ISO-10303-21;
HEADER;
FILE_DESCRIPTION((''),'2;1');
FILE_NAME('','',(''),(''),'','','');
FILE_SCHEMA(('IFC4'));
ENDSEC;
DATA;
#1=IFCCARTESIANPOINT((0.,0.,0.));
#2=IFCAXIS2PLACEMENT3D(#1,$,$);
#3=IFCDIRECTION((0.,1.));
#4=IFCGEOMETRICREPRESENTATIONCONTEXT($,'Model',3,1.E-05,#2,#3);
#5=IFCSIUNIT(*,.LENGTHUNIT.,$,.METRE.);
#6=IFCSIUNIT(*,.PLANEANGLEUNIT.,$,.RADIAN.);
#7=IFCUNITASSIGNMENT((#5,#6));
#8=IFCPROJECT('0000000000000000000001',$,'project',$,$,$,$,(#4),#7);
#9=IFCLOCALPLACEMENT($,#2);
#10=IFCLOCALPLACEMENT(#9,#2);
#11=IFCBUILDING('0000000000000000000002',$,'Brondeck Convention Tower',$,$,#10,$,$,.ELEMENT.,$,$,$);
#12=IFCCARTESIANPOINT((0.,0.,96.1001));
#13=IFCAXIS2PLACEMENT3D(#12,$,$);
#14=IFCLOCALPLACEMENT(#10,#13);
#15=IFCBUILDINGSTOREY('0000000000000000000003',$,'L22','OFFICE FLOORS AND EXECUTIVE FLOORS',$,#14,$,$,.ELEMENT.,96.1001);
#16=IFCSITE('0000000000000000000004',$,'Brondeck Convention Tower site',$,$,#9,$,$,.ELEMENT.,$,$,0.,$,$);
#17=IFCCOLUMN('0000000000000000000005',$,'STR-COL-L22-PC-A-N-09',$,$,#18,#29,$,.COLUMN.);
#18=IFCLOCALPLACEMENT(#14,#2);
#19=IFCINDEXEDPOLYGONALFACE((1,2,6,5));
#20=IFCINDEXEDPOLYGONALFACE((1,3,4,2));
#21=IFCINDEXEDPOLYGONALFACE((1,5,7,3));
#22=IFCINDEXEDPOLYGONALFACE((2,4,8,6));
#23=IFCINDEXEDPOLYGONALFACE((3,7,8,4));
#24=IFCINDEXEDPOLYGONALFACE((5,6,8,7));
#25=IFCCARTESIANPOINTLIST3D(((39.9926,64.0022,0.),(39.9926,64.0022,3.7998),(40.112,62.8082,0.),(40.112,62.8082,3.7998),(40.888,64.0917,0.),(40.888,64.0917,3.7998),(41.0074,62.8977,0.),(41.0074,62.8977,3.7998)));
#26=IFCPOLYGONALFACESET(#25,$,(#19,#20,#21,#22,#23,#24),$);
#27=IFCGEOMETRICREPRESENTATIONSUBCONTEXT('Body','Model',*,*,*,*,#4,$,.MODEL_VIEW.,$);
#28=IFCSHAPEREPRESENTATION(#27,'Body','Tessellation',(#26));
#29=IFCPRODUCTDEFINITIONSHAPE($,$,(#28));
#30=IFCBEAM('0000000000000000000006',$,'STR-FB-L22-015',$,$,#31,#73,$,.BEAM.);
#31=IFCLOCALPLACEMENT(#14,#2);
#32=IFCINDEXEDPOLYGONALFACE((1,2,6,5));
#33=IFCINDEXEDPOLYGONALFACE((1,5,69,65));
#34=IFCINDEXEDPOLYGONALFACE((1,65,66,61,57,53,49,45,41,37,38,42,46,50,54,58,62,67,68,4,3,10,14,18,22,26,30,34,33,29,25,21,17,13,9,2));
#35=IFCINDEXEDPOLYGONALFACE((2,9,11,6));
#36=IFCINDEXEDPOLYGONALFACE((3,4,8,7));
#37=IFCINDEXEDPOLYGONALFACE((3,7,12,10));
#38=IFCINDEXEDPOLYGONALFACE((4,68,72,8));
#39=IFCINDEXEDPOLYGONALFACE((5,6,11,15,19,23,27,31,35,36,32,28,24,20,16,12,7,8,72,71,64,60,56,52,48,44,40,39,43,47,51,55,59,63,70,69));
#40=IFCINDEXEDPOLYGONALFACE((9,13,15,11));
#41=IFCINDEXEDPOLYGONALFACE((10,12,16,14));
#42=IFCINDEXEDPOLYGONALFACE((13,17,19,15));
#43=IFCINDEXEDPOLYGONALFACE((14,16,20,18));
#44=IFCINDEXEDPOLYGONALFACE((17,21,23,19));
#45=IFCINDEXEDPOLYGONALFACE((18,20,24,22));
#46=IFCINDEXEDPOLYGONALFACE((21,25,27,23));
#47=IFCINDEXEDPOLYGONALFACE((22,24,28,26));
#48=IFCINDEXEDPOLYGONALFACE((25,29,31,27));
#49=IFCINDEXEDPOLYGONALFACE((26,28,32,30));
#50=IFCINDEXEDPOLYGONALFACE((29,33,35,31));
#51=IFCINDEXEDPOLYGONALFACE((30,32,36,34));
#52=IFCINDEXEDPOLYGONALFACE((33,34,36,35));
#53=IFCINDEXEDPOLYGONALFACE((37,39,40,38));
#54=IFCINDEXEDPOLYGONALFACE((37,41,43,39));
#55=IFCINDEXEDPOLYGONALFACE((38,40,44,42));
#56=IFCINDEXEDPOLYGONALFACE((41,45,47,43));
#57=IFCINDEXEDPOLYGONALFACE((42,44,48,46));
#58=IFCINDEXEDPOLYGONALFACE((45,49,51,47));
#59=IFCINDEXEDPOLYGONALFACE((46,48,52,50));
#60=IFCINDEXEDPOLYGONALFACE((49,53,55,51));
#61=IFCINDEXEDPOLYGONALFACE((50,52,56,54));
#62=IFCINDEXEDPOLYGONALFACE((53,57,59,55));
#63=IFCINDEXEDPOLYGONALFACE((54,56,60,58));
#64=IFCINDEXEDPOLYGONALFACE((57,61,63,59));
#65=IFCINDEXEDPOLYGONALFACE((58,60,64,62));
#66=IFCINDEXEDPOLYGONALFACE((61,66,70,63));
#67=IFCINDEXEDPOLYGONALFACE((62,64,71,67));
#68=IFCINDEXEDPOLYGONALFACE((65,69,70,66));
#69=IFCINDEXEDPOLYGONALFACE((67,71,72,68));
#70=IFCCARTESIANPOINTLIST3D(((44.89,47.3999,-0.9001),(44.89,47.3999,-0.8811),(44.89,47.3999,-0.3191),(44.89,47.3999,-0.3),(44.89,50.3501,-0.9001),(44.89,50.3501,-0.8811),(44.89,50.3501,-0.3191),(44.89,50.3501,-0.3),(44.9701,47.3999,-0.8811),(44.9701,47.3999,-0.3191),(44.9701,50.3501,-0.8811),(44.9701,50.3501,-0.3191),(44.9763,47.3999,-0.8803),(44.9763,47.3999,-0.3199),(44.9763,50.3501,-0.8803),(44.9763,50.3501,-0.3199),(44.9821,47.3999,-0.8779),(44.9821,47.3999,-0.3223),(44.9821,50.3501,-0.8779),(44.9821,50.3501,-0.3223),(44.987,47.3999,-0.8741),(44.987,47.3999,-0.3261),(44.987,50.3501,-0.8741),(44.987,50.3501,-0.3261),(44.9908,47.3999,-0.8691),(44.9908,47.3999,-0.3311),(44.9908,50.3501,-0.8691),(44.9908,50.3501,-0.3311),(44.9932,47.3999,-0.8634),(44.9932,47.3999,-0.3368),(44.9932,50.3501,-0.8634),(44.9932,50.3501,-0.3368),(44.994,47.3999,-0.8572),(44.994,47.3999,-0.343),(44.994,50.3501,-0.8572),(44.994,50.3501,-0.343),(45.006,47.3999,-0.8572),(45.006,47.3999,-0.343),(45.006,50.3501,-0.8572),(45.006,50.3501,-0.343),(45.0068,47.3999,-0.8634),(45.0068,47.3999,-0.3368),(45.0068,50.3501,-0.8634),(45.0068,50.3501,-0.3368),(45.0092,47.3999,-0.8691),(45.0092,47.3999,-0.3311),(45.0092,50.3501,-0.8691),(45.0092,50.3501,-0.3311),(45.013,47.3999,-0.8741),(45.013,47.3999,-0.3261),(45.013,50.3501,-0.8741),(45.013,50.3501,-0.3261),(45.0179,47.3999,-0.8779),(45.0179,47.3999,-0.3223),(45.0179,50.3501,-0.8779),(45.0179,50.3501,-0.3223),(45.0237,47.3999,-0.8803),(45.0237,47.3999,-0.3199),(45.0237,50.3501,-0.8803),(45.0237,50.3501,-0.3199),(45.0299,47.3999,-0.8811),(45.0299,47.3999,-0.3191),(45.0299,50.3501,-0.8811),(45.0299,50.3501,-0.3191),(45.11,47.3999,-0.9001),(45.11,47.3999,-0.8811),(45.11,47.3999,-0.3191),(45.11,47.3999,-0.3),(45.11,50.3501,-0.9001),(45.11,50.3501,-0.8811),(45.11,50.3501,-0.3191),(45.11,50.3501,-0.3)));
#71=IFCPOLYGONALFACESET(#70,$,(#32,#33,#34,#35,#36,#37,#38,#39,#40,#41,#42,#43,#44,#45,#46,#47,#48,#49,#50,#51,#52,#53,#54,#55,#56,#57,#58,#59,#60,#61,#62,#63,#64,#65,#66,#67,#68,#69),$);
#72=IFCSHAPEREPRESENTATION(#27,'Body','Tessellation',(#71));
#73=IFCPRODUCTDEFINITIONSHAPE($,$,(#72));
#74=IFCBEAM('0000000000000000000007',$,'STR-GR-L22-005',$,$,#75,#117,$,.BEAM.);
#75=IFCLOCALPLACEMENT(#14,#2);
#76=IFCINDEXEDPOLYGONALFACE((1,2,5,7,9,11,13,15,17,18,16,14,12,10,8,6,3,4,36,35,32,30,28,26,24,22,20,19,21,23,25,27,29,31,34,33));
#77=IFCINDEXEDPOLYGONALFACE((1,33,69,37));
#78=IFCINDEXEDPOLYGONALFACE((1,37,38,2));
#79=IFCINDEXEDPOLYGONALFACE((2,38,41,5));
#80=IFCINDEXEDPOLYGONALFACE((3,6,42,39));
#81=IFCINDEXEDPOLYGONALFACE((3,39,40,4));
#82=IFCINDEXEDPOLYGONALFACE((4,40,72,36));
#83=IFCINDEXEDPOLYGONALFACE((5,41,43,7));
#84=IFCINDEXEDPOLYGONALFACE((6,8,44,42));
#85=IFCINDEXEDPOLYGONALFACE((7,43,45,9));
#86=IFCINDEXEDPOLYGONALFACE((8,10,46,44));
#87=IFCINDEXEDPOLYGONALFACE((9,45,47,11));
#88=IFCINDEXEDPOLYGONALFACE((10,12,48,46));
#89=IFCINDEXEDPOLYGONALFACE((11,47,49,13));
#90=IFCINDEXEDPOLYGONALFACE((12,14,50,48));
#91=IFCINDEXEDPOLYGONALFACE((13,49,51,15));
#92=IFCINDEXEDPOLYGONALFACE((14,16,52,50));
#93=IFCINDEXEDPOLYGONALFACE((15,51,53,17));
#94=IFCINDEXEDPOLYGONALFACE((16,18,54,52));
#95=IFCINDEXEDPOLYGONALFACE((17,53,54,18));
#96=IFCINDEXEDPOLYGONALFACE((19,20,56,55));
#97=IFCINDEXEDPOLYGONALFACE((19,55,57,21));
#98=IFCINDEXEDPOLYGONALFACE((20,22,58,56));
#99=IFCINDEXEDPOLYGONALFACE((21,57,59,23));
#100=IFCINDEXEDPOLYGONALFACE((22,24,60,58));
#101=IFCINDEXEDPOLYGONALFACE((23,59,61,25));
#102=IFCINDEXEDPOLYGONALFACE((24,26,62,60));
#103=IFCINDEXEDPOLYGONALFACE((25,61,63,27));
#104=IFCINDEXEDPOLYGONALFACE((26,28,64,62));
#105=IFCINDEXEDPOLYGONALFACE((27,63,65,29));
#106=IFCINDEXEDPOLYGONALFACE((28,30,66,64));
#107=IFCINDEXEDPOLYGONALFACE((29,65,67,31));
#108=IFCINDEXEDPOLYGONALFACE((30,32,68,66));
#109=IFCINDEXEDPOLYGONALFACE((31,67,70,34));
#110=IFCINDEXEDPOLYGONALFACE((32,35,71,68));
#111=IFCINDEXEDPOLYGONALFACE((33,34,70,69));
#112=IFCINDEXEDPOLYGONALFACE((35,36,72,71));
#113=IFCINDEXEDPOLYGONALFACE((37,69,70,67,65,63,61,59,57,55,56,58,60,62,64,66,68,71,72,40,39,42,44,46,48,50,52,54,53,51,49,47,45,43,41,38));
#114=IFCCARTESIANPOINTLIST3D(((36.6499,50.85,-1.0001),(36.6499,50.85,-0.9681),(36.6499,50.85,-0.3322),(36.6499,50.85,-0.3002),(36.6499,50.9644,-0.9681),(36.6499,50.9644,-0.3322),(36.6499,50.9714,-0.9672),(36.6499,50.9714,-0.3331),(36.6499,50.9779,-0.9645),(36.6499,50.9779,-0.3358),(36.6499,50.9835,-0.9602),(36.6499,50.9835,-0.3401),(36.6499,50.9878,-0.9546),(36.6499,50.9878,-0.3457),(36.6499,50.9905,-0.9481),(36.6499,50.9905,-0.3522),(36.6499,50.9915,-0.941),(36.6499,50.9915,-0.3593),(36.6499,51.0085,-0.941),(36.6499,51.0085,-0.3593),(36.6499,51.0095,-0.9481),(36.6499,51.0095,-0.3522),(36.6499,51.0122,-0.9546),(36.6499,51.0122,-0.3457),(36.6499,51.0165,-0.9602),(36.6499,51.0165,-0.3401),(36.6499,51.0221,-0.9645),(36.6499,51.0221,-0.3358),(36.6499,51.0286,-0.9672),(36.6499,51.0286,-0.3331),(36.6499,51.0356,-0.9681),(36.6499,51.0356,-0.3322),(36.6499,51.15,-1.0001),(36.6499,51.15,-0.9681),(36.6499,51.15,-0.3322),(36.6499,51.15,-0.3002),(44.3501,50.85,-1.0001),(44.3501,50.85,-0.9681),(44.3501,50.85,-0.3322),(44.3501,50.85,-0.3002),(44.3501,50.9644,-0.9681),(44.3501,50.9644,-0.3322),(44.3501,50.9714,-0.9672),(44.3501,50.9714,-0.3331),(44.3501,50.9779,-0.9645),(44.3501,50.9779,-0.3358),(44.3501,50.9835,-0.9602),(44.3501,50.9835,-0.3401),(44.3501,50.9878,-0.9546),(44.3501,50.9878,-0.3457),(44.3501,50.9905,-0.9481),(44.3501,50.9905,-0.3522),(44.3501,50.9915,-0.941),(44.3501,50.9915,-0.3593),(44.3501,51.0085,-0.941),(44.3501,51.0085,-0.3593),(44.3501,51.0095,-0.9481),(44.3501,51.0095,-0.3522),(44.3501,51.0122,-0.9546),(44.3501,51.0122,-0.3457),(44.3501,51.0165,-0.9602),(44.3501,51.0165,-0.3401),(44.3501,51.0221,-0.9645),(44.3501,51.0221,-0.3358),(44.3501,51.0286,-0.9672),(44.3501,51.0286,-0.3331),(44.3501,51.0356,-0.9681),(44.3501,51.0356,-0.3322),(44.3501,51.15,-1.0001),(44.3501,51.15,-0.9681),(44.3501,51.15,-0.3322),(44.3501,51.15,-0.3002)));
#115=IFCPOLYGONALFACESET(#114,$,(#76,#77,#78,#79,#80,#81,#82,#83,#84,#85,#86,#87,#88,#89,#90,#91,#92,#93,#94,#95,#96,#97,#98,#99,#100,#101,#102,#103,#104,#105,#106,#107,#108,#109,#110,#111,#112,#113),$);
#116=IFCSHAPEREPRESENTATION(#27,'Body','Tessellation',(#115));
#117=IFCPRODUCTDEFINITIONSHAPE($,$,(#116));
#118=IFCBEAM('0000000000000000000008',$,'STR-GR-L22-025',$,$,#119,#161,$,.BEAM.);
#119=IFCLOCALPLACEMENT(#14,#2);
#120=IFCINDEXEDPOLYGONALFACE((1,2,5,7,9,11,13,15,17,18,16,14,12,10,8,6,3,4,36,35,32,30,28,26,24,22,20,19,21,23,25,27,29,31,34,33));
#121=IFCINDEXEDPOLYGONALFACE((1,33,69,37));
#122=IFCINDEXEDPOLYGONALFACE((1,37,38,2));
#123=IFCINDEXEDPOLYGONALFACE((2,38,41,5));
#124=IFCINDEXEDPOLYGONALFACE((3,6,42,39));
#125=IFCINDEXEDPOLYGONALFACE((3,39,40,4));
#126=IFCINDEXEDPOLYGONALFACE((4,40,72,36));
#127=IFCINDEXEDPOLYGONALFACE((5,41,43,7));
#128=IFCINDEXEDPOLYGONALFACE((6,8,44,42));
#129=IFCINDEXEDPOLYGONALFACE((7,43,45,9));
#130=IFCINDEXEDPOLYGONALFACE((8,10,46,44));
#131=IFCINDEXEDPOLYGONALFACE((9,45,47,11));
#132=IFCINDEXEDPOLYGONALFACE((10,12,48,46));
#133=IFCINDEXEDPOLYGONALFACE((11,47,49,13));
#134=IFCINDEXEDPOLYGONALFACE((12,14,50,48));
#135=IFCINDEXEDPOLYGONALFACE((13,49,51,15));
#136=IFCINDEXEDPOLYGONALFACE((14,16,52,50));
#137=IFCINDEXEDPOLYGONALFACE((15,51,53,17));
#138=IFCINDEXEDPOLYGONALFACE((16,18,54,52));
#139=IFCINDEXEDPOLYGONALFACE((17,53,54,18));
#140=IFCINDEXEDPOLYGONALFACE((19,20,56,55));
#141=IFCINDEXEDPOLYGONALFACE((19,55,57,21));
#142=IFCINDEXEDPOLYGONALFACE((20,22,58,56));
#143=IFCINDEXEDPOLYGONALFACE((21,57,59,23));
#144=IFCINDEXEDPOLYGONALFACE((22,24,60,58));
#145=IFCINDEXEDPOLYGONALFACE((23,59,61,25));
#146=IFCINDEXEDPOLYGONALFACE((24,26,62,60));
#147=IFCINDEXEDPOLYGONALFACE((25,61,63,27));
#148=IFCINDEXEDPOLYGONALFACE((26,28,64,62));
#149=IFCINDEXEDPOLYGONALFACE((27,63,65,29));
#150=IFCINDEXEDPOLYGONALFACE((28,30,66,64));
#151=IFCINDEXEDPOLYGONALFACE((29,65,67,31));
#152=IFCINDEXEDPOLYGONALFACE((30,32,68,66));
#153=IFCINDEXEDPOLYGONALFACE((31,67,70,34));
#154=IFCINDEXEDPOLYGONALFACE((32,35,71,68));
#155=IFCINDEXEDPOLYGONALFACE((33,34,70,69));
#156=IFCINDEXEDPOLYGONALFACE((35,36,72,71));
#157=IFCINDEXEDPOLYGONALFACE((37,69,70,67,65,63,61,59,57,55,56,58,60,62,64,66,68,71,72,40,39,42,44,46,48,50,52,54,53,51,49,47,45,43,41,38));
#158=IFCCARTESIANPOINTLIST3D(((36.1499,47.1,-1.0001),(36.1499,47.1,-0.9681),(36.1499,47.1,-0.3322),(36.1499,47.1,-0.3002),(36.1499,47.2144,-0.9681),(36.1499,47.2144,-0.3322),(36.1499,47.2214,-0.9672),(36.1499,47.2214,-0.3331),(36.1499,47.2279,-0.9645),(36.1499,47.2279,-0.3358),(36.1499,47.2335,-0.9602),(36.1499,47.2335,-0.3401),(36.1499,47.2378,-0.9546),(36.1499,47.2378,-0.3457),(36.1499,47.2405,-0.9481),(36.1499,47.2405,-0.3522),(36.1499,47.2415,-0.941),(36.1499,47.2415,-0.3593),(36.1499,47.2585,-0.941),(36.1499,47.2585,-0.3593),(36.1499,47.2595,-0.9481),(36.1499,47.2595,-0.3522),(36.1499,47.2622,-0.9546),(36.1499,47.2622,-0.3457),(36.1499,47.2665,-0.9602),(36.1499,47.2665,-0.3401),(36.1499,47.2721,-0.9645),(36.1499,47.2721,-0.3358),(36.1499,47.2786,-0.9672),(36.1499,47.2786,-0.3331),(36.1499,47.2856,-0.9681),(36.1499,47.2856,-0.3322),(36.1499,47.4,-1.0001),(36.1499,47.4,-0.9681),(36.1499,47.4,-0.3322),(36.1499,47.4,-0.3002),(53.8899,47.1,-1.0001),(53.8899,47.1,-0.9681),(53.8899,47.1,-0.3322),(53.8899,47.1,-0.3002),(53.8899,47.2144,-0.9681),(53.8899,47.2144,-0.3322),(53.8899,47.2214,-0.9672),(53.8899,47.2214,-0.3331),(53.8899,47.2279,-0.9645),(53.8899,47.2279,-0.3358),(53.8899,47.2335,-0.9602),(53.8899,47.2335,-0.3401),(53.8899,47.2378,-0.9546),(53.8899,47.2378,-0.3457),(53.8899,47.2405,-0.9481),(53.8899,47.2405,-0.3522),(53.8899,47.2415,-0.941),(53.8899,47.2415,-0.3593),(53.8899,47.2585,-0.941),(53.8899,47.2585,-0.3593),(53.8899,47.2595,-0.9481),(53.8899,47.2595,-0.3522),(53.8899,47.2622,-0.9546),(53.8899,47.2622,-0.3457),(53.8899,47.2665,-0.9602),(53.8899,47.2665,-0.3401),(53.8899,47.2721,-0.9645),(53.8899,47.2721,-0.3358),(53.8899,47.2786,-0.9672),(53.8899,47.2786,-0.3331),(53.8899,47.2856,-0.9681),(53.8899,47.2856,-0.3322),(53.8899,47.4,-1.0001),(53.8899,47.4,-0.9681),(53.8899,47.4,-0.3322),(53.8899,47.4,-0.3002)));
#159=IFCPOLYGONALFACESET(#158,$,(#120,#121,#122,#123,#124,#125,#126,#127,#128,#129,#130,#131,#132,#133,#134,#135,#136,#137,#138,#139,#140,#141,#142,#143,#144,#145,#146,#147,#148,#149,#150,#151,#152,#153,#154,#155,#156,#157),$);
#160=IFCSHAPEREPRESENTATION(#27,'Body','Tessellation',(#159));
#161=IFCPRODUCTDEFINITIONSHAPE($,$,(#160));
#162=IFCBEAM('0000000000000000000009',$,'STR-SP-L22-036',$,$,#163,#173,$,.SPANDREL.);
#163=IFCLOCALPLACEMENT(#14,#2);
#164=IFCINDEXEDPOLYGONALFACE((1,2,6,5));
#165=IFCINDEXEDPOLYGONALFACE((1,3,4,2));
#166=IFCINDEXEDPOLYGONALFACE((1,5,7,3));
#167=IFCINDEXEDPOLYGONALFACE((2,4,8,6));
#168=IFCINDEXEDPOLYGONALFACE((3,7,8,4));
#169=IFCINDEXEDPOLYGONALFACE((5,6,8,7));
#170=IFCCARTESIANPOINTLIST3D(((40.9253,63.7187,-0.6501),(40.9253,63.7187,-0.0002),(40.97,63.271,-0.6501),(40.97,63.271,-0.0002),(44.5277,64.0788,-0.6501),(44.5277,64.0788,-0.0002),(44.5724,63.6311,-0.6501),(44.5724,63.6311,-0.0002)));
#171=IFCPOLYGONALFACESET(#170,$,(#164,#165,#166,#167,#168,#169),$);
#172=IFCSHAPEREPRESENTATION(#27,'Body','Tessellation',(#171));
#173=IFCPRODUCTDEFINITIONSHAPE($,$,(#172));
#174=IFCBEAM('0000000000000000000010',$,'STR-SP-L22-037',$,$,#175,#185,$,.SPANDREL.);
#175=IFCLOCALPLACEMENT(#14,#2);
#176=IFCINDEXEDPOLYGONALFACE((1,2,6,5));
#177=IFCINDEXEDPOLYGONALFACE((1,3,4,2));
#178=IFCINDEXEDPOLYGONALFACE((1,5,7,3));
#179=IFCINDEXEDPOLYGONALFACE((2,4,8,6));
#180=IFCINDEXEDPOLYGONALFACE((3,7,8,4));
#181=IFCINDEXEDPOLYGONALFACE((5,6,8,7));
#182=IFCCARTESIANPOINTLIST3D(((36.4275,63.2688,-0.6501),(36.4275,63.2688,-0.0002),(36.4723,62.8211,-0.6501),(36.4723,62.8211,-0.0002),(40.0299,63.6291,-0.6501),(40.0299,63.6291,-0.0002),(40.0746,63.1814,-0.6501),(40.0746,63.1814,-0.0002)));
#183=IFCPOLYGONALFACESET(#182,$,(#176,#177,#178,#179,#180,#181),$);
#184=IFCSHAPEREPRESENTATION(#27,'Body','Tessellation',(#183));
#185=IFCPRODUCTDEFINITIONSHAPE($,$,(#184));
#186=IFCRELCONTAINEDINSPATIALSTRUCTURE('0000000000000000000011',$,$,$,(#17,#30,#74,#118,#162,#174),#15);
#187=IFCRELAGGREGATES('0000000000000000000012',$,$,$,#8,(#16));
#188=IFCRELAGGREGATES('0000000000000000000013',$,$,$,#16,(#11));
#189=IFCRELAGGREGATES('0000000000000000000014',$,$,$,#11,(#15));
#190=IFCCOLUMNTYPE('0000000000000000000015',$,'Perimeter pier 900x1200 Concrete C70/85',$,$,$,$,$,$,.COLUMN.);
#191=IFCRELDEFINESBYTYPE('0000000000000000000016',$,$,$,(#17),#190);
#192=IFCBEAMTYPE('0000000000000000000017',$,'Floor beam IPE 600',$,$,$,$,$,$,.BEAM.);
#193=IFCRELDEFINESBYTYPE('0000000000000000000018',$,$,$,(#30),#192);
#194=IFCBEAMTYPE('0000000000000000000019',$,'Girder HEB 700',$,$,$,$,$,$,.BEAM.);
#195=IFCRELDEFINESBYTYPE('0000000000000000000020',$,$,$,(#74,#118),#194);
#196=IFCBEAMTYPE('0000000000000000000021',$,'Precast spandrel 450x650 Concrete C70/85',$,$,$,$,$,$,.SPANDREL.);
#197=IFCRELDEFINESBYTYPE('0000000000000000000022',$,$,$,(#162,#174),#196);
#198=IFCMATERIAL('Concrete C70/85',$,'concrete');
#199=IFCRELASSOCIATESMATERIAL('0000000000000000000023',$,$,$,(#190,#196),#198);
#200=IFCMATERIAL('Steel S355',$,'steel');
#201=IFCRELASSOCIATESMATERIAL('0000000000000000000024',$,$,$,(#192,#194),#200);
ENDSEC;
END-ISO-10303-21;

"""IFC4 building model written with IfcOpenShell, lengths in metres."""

from ifc_helpers import new_model, si_unit, direction, frame, origin, origin_2d, place, context, subcontext, project, spatial, rectangle, i_section, extrude, material, material_profile, profile_set, type_object, element, save


model = new_model("IFC4")

# Units and contexts
model_context = context("Model", 3, precision=1e-05, world=origin(), true_north=direction((0.0, 1.0)))
body_context = subcontext(model_context, "Body", "Model", "MODEL_VIEW")
ifc_project = project(units=[si_unit("LENGTHUNIT", "METRE"), si_unit("PLANEANGLEUNIT", "RADIAN")], contexts=[model_context])

# Site, building, storey
site_placement = place(None, origin())
site = spatial("IfcSite", under=ifc_project, at=site_placement, Name="Brondeck Convention Tower site", CompositionType="ELEMENT", RefElevation=0.0)
building_placement = place(site_placement, origin())
building = spatial("IfcBuilding", under=site, at=building_placement, Name="Brondeck Convention Tower", CompositionType="ELEMENT")
storey_placement = place(building_placement, frame((0.0, 0.0, 96.1001)))
storey = spatial("IfcBuildingStorey", under=building, at=storey_placement, Name="L22", Description="OFFICE FLOORS AND EXECUTIVE FLOORS", CompositionType="ELEMENT", Elevation=96.1001)

# Column
ifc_material_1 = material(Name="Concrete C70/85", Category="concrete")
ifc_material_profile_1 = material_profile(ifc_material_1, rectangle(XDim=0.8999, YDim=1.2, at=origin_2d()), Name="Perimeter pier 900x1200 Concrete C70/85")
ifc_profile_set_1 = profile_set([ifc_material_profile_1], Name="Concrete C70/85")
column_type = type_object("IfcColumnType", Name="Perimeter pier 900x1200 Concrete C70/85", PredefinedType="COLUMN", material=ifc_profile_set_1)
column_placement = place(storey_placement, frame((40.5, 63.45, 0.0), z_axis=(0.0, 0.0, 1.0), x_axis=(-0.995037, -0.099504, 0.0)))
element("IfcColumn", 1, at=column_placement, inside=storey, type_object=column_type, Name="STR-COL-L22-PC-A-N-09", PredefinedType="COLUMN", context=body_context, shape_type="SweptSolid", body=[
    extrude(rectangle(XDim=0.8999, YDim=1.2, at=origin_2d()), origin(), (0.0, 0.0, 1.0), 3.7998),
])

# Beams
ifc_material_2 = material(Name="Steel S355", Category="steel")
ifc_material_profile_2 = material_profile(ifc_material_2, i_section(OverallWidth=0.22, OverallDepth=0.6001, WebThickness=0.012, FlangeThickness=0.019, FilletRadius=0.0239, at=origin_2d()), Name="IPE 600")
ifc_profile_set_2 = profile_set([ifc_material_profile_2], Name="Steel S355")
beam_type_1 = type_object("IfcBeamType", Name="Floor beam IPE 600", PredefinedType="BEAM", material=ifc_profile_set_2)
beam_1_placement = place(storey_placement, frame((45.0, 47.3999, -0.6001), z_axis=(0.0, 1.0, 0.0), x_axis=(-1.0, 0.0, 0.0)))
element("IfcBeam", 2, at=beam_1_placement, inside=storey, type_object=beam_type_1, Name="STR-FB-L22-015", PredefinedType="BEAM", context=body_context, shape_type="SweptSolid", body=[
    extrude(i_section(OverallWidth=0.22, OverallDepth=0.6001, WebThickness=0.012, FlangeThickness=0.019, FilletRadius=0.0239, at=origin_2d()), origin(), (0.0, 0.0, 1.0), 2.9502),
])
ifc_material_profile_3 = material_profile(ifc_material_2, i_section(OverallWidth=0.3, OverallDepth=0.7, WebThickness=0.0171, FlangeThickness=0.032, FilletRadius=0.0271, at=origin_2d()), Name="HEB 700")
ifc_profile_set_3 = profile_set([ifc_material_profile_3], Name="Steel S355")
beam_type_2 = type_object("IfcBeamType", Name="Girder HEB 700", PredefinedType="BEAM", material=ifc_profile_set_3)
beam_2_placement = place(storey_placement, frame((36.6499, 51.0, -0.6501), z_axis=(1.0, 0.0, 0.0), x_axis=(0.0, 1.0, 0.0)))
element("IfcBeam", 3, at=beam_2_placement, inside=storey, type_object=beam_type_2, Name="STR-GR-L22-005", PredefinedType="BEAM", context=body_context, shape_type="SweptSolid", body=[
    extrude(i_section(OverallWidth=0.3, OverallDepth=0.7, WebThickness=0.0171, FlangeThickness=0.032, FilletRadius=0.0271, at=origin_2d()), origin(), (0.0, 0.0, 1.0), 7.7002),
])
beam_3_placement = place(storey_placement, frame((36.1499, 47.25, -0.6501), z_axis=(1.0, 0.0, 0.0), x_axis=(0.0, 1.0, 0.0)))
element("IfcBeam", 4, at=beam_3_placement, inside=storey, type_object=beam_type_2, Name="STR-GR-L22-025", PredefinedType="BEAM", context=body_context, shape_type="SweptSolid", body=[
    extrude(i_section(OverallWidth=0.3, OverallDepth=0.7, WebThickness=0.0171, FlangeThickness=0.032, FilletRadius=0.0271, at=origin_2d()), origin(), (0.0, 0.0, 1.0), 17.74),
])
ifc_material_profile_4 = material_profile(ifc_material_1, rectangle(XDim=0.45, YDim=0.6499, at=origin_2d()), Name="Precast spandrel 450x650 Concrete C70/85")
ifc_profile_set_4 = profile_set([ifc_material_profile_4], Name="Concrete C70/85")
beam_type_3 = type_object("IfcBeamType", Name="Precast spandrel 450x650 Concrete C70/85", PredefinedType="SPANDREL", material=ifc_profile_set_4)
for number, where, z_axis, x_axis, name in (
    (5, (44.55, 63.855, -0.3252), (-0.995041, -0.09947, 0.0), (0.09947, -0.995041, 0.0), "STR-SP-L22-036"),
    (6, (40.0522, 63.4053, -0.3252), (-0.995034, -0.099537, 0.0), (0.099537, -0.995034, 0.0), "STR-SP-L22-037"),
):
    element("IfcBeam", number, at=place(storey_placement, frame(where, z_axis=z_axis, x_axis=x_axis)), inside=storey, type_object=beam_type_3, Name=name, PredefinedType="SPANDREL", context=body_context, shape_type="SweptSolid", body=[
        extrude(rectangle(XDim=0.45, YDim=0.6499, at=origin_2d()), origin(), (0.0, 0.0, 1.0), 3.6204),
    ])

save(model, "model.ifc")
